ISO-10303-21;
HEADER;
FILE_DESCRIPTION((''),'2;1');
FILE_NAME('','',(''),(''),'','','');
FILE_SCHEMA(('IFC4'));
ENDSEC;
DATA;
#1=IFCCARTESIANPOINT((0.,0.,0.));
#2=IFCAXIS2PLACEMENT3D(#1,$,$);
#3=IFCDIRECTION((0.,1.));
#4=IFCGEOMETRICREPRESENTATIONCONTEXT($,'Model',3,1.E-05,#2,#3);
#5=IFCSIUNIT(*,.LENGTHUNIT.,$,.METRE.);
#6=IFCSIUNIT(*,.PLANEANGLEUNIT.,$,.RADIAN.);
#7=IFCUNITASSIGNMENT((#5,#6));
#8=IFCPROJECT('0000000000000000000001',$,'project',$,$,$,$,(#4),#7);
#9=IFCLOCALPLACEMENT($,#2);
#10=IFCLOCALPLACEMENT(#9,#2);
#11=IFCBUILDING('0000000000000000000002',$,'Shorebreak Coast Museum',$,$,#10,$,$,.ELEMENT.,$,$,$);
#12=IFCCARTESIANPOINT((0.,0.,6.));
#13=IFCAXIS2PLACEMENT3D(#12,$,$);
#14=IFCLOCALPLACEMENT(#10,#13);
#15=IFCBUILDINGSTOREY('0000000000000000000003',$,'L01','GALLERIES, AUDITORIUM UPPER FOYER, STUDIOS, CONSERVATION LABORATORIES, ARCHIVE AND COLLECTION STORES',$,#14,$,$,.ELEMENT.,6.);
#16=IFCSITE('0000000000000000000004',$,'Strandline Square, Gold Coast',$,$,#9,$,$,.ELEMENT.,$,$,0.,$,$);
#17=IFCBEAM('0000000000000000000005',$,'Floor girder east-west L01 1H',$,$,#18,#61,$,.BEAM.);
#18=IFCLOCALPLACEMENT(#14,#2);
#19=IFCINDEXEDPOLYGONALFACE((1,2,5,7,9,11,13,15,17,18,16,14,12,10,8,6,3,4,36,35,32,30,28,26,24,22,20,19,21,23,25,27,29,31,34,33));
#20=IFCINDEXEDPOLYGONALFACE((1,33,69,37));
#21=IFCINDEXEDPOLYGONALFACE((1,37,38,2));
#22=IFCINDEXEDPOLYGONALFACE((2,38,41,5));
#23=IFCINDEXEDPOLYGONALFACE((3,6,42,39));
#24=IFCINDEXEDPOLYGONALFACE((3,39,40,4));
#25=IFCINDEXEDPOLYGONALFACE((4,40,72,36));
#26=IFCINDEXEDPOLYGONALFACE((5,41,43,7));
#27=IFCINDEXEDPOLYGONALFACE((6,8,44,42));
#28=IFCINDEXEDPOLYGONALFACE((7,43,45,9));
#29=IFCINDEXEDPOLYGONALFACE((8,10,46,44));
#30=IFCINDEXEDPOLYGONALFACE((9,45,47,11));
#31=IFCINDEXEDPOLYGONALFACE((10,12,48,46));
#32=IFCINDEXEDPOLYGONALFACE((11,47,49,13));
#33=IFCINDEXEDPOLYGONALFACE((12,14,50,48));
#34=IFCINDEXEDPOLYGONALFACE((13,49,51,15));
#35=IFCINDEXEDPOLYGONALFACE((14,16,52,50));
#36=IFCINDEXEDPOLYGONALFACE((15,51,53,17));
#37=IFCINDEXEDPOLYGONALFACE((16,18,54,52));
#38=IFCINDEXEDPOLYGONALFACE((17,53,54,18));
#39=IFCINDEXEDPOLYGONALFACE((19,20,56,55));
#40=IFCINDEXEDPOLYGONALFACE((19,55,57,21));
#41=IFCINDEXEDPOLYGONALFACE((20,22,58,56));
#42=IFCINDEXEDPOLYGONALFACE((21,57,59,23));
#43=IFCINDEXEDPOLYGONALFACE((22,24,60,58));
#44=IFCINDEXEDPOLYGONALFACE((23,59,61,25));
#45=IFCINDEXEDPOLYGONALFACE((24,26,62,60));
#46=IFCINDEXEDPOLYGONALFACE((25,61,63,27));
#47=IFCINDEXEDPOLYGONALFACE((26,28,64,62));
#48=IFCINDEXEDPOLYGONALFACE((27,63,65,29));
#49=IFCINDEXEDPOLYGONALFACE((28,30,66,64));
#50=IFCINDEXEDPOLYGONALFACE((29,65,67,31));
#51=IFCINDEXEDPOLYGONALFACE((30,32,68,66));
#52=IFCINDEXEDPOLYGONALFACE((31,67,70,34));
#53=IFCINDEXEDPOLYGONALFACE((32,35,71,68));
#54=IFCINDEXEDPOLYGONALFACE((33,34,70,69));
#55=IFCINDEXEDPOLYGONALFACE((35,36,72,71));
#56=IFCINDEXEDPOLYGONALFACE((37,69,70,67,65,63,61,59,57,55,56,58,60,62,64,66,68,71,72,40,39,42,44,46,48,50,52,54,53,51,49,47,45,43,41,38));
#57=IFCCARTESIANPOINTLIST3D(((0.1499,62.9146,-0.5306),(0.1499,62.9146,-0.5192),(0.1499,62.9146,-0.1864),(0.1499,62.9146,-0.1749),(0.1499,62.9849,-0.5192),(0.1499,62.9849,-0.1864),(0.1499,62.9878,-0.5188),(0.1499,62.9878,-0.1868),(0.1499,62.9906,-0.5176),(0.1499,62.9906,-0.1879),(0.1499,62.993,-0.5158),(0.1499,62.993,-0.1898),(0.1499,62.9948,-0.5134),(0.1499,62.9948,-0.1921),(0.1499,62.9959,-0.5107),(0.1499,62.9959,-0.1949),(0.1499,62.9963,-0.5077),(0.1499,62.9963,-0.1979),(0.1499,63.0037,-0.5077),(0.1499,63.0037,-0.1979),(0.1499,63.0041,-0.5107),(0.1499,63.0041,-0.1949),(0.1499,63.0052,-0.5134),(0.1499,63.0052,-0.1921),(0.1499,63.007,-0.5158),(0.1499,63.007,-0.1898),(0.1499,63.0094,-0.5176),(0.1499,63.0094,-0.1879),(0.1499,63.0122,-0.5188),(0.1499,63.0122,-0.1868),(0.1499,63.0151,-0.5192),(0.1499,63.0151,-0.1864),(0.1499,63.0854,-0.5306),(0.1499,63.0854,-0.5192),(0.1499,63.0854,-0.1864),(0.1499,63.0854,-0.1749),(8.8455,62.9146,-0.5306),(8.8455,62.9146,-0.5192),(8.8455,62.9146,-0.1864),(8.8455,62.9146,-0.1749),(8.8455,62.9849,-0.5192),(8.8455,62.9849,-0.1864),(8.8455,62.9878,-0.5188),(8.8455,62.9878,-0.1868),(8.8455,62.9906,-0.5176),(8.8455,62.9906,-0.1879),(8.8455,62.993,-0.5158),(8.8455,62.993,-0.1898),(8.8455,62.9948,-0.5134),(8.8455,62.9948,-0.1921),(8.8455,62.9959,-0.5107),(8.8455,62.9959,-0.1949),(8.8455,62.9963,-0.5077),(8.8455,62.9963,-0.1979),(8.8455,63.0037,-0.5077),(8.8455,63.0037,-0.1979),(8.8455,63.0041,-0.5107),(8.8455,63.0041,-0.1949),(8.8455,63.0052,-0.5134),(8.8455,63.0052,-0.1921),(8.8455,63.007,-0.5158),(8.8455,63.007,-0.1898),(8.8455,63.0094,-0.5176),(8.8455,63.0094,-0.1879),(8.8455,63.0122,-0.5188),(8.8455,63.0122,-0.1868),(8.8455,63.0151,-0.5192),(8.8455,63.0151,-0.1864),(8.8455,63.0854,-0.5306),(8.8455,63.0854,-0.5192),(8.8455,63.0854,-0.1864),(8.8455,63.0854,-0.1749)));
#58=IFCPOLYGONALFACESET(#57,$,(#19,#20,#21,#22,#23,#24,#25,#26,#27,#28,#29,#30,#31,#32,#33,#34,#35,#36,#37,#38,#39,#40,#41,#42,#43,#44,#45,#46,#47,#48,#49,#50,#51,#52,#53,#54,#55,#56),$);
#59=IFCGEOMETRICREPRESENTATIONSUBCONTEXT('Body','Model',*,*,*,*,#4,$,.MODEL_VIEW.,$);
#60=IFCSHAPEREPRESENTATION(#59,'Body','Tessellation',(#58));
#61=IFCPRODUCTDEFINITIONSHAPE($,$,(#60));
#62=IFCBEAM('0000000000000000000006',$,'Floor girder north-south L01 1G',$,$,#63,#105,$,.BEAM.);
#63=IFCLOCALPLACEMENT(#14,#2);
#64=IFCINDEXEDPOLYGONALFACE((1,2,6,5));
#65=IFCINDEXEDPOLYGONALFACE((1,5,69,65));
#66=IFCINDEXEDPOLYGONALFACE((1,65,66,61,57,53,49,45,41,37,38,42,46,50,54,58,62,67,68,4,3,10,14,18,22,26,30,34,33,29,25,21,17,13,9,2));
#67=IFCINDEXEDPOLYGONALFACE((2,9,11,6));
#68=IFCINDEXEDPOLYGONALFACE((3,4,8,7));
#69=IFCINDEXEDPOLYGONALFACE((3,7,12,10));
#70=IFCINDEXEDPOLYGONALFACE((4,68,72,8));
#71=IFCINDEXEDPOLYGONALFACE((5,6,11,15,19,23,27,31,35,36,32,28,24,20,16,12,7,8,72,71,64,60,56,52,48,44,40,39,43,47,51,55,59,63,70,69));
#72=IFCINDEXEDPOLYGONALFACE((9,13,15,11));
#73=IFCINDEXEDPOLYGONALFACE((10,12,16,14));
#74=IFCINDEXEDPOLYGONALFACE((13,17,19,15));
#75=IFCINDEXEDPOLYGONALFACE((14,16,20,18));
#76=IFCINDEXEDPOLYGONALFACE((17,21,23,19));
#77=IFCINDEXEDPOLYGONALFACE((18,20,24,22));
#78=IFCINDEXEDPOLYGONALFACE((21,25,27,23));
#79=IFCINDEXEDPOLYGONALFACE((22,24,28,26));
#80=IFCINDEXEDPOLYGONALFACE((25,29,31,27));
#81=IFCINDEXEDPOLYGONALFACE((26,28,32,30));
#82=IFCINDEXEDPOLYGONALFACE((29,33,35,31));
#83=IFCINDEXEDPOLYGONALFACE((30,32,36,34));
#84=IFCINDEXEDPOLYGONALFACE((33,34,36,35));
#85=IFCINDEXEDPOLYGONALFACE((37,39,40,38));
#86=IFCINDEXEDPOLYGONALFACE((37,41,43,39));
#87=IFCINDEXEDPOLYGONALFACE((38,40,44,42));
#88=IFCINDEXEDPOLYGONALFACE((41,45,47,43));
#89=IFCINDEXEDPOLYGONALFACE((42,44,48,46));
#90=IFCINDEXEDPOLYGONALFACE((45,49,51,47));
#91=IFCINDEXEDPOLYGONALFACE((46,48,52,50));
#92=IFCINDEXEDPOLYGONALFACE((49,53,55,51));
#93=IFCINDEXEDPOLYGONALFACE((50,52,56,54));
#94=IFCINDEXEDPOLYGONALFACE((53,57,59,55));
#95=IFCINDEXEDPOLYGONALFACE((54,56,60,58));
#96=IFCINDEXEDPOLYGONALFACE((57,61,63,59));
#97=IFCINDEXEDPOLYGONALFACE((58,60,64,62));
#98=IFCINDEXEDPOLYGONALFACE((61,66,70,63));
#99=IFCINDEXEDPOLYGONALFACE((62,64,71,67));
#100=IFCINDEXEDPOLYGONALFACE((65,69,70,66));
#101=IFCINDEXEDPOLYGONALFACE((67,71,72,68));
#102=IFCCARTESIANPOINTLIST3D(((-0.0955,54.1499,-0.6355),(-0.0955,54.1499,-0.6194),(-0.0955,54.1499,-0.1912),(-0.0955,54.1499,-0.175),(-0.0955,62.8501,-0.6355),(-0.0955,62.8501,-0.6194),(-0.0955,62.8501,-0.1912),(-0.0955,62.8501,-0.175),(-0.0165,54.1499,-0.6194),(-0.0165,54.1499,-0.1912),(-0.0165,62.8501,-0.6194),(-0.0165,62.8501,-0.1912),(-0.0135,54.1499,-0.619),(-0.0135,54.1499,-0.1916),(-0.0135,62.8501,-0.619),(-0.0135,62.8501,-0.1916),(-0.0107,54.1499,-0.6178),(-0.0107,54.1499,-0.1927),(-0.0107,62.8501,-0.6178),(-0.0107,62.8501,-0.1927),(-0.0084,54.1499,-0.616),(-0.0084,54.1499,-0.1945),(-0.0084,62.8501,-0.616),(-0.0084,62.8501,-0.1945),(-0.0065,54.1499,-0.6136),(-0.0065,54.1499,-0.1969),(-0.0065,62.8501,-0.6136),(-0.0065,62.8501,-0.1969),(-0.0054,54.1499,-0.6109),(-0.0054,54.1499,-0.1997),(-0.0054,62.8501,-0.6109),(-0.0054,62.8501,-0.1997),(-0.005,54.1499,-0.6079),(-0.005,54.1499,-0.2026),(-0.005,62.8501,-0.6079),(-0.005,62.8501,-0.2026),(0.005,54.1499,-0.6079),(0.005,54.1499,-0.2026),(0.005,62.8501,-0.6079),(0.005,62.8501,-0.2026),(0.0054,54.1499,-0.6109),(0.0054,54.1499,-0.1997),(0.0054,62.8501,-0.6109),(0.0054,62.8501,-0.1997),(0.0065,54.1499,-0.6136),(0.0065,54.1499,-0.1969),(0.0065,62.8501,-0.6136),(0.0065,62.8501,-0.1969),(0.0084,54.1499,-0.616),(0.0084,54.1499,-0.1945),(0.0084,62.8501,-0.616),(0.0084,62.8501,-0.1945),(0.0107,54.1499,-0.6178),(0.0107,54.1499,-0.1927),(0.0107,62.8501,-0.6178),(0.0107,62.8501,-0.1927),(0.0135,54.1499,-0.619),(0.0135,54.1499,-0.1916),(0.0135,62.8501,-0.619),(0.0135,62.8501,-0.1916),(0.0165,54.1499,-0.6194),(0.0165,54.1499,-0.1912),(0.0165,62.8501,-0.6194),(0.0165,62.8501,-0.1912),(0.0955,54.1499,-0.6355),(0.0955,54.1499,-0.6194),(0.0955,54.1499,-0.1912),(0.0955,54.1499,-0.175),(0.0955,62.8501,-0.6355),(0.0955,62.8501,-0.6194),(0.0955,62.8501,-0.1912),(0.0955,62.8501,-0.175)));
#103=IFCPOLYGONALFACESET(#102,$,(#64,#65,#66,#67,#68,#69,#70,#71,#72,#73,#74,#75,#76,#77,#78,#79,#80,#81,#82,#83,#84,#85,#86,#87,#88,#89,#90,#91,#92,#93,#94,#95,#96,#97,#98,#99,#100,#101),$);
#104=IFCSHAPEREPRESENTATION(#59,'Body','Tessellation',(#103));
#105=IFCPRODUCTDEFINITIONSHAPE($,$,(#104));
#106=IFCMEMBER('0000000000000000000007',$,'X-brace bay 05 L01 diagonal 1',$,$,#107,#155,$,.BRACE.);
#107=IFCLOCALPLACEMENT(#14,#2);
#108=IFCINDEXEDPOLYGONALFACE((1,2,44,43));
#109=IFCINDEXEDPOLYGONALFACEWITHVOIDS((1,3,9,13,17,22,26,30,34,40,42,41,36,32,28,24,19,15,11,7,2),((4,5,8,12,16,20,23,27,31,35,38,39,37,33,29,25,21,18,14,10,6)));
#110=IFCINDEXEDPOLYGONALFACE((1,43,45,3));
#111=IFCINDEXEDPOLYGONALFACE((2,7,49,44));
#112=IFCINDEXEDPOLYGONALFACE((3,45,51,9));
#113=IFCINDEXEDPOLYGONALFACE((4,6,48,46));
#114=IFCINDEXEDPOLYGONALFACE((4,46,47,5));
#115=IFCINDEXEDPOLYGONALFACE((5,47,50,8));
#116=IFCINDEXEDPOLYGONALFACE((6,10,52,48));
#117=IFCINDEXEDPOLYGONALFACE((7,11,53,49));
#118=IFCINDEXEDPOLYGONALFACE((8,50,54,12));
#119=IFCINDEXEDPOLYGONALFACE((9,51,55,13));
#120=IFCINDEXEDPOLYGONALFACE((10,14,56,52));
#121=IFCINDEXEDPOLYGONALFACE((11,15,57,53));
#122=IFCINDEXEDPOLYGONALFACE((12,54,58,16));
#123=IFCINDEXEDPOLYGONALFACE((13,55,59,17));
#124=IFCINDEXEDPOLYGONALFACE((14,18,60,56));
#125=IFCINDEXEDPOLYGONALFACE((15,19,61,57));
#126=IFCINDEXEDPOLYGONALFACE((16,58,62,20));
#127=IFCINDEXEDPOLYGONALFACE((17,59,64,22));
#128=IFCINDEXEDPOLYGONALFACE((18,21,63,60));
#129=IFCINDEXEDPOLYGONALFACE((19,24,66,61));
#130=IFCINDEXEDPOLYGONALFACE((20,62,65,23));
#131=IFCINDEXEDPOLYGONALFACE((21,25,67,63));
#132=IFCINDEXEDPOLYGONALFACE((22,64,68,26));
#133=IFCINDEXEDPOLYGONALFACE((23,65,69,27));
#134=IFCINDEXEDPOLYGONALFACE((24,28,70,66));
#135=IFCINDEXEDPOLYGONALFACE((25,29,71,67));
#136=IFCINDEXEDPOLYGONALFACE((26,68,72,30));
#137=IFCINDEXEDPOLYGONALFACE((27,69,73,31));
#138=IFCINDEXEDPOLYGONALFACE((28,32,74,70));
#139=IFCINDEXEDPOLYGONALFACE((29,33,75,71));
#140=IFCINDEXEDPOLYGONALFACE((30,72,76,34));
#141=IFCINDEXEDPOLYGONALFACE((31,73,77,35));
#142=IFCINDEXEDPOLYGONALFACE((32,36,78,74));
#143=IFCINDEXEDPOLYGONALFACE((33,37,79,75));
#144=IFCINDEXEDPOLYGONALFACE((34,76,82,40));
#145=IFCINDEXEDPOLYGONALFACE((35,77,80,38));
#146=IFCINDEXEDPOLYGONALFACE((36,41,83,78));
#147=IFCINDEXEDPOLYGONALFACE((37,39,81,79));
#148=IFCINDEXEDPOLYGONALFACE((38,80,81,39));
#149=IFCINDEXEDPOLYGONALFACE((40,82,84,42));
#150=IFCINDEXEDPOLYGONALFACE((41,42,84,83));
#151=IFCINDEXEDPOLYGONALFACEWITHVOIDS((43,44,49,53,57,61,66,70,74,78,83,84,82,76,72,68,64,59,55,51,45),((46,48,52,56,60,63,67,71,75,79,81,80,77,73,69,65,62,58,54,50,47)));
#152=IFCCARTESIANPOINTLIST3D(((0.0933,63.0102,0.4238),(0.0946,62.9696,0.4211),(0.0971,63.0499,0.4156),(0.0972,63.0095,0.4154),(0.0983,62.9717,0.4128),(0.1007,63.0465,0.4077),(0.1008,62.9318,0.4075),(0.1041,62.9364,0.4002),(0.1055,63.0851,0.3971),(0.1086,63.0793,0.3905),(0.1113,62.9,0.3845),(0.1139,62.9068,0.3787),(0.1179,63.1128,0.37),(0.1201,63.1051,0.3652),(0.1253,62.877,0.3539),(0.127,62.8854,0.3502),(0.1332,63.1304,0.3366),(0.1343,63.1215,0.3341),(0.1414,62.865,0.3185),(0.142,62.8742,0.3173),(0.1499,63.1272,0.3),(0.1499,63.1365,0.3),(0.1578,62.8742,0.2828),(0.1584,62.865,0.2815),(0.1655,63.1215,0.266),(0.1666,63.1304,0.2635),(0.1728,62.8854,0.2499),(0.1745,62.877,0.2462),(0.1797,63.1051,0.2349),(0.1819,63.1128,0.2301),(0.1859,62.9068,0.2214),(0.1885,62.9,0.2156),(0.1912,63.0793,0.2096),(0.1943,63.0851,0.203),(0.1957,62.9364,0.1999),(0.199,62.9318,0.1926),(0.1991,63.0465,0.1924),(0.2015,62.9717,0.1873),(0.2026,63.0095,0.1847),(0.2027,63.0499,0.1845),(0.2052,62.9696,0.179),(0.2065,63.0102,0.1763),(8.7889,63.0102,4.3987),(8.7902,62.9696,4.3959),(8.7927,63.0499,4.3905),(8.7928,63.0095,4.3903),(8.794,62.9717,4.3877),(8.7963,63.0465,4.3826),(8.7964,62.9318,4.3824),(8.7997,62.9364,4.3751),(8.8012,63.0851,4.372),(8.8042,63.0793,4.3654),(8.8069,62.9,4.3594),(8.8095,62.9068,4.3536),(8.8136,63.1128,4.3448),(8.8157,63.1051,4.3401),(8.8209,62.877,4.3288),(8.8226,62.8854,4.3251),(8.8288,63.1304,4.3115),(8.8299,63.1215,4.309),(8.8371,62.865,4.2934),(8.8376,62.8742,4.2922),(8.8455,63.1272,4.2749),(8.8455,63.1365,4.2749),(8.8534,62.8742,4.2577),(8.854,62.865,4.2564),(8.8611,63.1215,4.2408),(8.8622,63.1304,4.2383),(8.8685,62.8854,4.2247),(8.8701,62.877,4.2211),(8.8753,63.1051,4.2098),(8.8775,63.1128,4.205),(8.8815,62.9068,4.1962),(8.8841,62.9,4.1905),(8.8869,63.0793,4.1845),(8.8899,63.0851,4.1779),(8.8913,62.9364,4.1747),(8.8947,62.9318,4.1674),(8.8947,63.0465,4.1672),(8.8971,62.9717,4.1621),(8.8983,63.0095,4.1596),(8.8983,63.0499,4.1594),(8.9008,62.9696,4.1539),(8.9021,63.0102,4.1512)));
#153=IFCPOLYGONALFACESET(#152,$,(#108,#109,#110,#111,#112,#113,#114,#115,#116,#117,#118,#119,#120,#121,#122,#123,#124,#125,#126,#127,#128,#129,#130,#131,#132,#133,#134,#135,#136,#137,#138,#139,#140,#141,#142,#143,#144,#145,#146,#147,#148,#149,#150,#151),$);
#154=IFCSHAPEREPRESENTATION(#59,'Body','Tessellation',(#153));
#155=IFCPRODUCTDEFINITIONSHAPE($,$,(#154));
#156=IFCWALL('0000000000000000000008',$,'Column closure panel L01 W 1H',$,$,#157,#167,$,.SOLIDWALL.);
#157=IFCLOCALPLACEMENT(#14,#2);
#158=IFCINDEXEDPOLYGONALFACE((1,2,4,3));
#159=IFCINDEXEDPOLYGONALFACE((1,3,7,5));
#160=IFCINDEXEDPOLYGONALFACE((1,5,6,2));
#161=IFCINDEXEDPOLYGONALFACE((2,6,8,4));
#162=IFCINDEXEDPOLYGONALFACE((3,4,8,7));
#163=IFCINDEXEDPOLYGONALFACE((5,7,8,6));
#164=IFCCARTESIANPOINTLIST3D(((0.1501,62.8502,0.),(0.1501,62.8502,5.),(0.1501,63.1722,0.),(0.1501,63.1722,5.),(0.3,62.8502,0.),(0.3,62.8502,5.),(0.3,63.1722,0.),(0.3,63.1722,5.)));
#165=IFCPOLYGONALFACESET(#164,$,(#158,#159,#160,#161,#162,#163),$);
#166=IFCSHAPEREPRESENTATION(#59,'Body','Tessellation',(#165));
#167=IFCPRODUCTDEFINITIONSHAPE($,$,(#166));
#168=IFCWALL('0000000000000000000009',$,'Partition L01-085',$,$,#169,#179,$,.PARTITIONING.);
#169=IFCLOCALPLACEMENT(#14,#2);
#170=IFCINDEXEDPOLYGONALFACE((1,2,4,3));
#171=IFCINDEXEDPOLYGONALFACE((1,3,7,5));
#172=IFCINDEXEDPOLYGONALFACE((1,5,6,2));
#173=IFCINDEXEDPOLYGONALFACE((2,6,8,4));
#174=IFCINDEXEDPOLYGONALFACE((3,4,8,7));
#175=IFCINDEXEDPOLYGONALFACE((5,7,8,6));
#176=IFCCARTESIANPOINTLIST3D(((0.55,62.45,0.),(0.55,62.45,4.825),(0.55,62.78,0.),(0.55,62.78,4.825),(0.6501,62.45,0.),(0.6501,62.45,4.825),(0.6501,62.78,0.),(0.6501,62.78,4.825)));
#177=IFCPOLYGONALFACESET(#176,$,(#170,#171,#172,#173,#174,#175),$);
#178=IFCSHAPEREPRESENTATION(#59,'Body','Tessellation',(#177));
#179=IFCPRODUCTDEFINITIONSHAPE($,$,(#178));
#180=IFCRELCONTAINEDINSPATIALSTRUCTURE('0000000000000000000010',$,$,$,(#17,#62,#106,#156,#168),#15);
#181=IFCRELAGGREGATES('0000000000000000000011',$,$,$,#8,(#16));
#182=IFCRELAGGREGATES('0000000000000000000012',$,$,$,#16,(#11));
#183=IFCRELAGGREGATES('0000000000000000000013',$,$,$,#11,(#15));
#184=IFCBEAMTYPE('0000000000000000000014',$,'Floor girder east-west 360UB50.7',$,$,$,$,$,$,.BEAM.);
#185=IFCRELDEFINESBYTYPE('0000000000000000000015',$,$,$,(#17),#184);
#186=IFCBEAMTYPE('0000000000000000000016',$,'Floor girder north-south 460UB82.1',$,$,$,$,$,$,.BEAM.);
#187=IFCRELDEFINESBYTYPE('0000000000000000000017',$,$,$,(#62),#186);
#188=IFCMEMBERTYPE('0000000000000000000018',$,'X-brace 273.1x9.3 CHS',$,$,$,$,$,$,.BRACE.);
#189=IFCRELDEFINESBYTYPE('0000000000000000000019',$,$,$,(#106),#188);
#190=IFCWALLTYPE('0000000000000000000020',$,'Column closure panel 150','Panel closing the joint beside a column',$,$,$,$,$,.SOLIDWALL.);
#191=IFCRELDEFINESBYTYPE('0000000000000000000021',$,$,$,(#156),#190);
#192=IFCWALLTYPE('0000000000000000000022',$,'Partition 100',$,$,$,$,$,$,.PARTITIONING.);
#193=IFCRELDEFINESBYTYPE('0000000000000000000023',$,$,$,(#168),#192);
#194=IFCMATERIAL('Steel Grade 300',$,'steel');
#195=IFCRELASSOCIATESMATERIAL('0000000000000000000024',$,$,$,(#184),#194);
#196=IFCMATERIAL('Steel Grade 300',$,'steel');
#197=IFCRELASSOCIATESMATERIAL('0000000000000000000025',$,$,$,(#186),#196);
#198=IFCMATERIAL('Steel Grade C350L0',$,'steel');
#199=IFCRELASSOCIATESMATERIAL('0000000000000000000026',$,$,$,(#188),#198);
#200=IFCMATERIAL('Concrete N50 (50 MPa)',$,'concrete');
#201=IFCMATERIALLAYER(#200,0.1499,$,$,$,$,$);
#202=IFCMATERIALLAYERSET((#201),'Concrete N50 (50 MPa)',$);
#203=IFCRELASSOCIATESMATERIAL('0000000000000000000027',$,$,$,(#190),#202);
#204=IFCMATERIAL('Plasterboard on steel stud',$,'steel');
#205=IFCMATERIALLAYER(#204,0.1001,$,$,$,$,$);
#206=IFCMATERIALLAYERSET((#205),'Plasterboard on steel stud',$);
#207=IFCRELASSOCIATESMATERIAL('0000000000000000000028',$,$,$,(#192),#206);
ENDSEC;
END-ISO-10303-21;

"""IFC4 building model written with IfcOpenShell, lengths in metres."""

from ifc_helpers import new_model, si_unit, direction, frame, frame_2d, origin, origin_2d, place, context, subcontext, project, spatial, rectangle, hollow_circle, i_section, extrude, material, layer, layer_set, material_profile, profile_set, type_object, element, save


model = new_model("IFC4")

# Units and contexts
model_context = context("Model", 3, precision=1e-05, world=origin(), true_north=direction((0.0, 1.0)))
body_context = subcontext(model_context, "Body", "Model", "MODEL_VIEW")
ifc_project = project(units=[si_unit("LENGTHUNIT", "METRE"), si_unit("PLANEANGLEUNIT", "RADIAN")], contexts=[model_context])

# Site, building, storey
site_placement = place(None, origin())
site = spatial("IfcSite", under=ifc_project, at=site_placement, Name="Strandline Square, Gold Coast", CompositionType="ELEMENT", RefElevation=0.0)
building_placement = place(site_placement, origin())
building = spatial("IfcBuilding", under=site, at=building_placement, Name="Shorebreak Coast Museum", CompositionType="ELEMENT")
storey_placement = place(building_placement, frame((0.0, 0.0, 6.0)))
storey = spatial("IfcBuildingStorey", under=building, at=storey_placement, Name="L01", Description="GALLERIES, AUDITORIUM UPPER FOYER, STUDIOS, CONSERVATION LABORATORIES, ARCHIVE AND COLLECTION STORES", CompositionType="ELEMENT", Elevation=6.0)

# Beams
ifc_material_1 = material(Name="Steel Grade 300", Category="steel")
ifc_material_profile_1 = material_profile(ifc_material_1, i_section(OverallWidth=0.1709, OverallDepth=0.3557, WebThickness=0.0073, FlangeThickness=0.0115, FilletRadius=0.0115, at=origin_2d()), Name="360UB50.7")
ifc_profile_set_1 = profile_set([ifc_material_profile_1], Name="Steel Grade 300")
beam_type_1 = type_object("IfcBeamType", Name="Floor girder east-west 360UB50.7", PredefinedType="BEAM", material=ifc_profile_set_1)
beam_1_placement = place(storey_placement, frame((0.1499, 63.0, -0.3528), z_axis=(1.0, 0.0, 0.0), x_axis=(0.0, 1.0, 0.0)))
element("IfcBeam", 1, at=beam_1_placement, inside=storey, type_object=beam_type_1, Name="Floor girder east-west L01 1H", PredefinedType="BEAM", context=body_context, shape_type="SweptSolid", body=[
    extrude(i_section(OverallWidth=0.1709, OverallDepth=0.3557, WebThickness=0.0073, FlangeThickness=0.0115, FilletRadius=0.0115, at=origin_2d()), origin(), (0.0, 0.0, 1.0), 8.6956),
])
ifc_material_2 = material(Name="Steel Grade 300", Category="steel")
ifc_material_profile_2 = material_profile(ifc_material_2, i_section(OverallWidth=0.1909, OverallDepth=0.4604, WebThickness=0.01, FlangeThickness=0.0161, FilletRadius=0.0115, at=origin_2d()), Name="460UB82.1")
ifc_profile_set_2 = profile_set([ifc_material_profile_2], Name="Steel Grade 300")
beam_type_2 = type_object("IfcBeamType", Name="Floor girder north-south 460UB82.1", PredefinedType="BEAM", material=ifc_profile_set_2)
beam_2_placement = place(storey_placement, frame((0.0, 54.1499, -0.4053), z_axis=(0.0, 1.0, 0.0), x_axis=(-1.0, 0.0, 0.0)))
element("IfcBeam", 2, at=beam_2_placement, inside=storey, type_object=beam_type_2, Name="Floor girder north-south L01 1G", PredefinedType="BEAM", context=body_context, shape_type="SweptSolid", body=[
    extrude(i_section(OverallWidth=0.1909, OverallDepth=0.4604, WebThickness=0.01, FlangeThickness=0.0161, FilletRadius=0.0115, at=origin_2d()), origin(), (0.0, 0.0, 1.0), 8.7002),
])

# Member
ifc_material_3 = material(Name="Steel Grade C350L0", Category="steel")
ifc_material_profile_3 = material_profile(ifc_material_3, hollow_circle(Radius=0.1365, WallThickness=0.0093, at=origin_2d()), Name="273.1x9.3 CHS")
ifc_profile_set_3 = profile_set([ifc_material_profile_3], Name="Steel Grade C350L0")
member_type = type_object("IfcMemberType", Name="X-brace 273.1x9.3 CHS", PredefinedType="BRACE", material=ifc_profile_set_3)
member_placement = place(storey_placement, frame((0.1499, 63.0, 0.3), z_axis=(0.909485, 0.0, 0.415737), x_axis=(0.0, 1.0, 0.0)))
element("IfcMember", 3, at=member_placement, inside=storey, type_object=member_type, Name="X-brace bay 05 L01 diagonal 1", PredefinedType="BRACE", context=body_context, shape_type="SweptSolid", body=[
    extrude(hollow_circle(Radius=0.1365, WallThickness=0.0093, at=origin_2d()), origin(), (0.0, 0.0, 1.0), 9.561),
])

# Walls
ifc_material_4 = material(Name="Concrete N50 (50 MPa)", Category="concrete")
ifc_layer_1 = layer(ifc_material_4, 0.1499)
ifc_layer_set_1 = layer_set([ifc_layer_1], Name="Concrete N50 (50 MPa)")
wall_type_1 = type_object("IfcWallType", Name="Column closure panel 150", Description="Panel closing the joint beside a column", PredefinedType="SOLIDWALL", material=ifc_layer_set_1)
wall_1_placement = place(storey_placement, frame((0.2251, 62.8501, 0.0), z_axis=(0.0, 0.0, 1.0), x_axis=(0.0, 1.0, 0.0)))
element("IfcWall", 4, at=wall_1_placement, inside=storey, type_object=wall_type_1, Name="Column closure panel L01 W 1H", PredefinedType="SOLIDWALL", context=body_context, shape_type="SweptSolid", body=[
    extrude(rectangle(XDim=0.322, YDim=0.1499, at=frame_2d((0.1611, 0.0))), origin(), (0.0, 0.0, 1.0), 5.0),
])
ifc_material_5 = material(Name="Plasterboard on steel stud", Category="steel")
ifc_layer_2 = layer(ifc_material_5, 0.1001)
ifc_layer_set_2 = layer_set([ifc_layer_2], Name="Plasterboard on steel stud")
wall_type_2 = type_object("IfcWallType", Name="Partition 100", PredefinedType="PARTITIONING", material=ifc_layer_set_2)
wall_2_placement = place(storey_placement, frame((0.6001, 62.45, 0.0), z_axis=(0.0, 0.0, 1.0), x_axis=(0.0, 1.0, 0.0)))
element("IfcWall", 5, at=wall_2_placement, inside=storey, type_object=wall_type_2, Name="Partition L01-085", PredefinedType="PARTITIONING", context=body_context, shape_type="SweptSolid", body=[
    extrude(rectangle(XDim=0.3301, YDim=0.1001, at=frame_2d((0.165, 0.0))), origin(), (0.0, 0.0, 1.0), 4.825),
])

save(model, "model.ifc")
